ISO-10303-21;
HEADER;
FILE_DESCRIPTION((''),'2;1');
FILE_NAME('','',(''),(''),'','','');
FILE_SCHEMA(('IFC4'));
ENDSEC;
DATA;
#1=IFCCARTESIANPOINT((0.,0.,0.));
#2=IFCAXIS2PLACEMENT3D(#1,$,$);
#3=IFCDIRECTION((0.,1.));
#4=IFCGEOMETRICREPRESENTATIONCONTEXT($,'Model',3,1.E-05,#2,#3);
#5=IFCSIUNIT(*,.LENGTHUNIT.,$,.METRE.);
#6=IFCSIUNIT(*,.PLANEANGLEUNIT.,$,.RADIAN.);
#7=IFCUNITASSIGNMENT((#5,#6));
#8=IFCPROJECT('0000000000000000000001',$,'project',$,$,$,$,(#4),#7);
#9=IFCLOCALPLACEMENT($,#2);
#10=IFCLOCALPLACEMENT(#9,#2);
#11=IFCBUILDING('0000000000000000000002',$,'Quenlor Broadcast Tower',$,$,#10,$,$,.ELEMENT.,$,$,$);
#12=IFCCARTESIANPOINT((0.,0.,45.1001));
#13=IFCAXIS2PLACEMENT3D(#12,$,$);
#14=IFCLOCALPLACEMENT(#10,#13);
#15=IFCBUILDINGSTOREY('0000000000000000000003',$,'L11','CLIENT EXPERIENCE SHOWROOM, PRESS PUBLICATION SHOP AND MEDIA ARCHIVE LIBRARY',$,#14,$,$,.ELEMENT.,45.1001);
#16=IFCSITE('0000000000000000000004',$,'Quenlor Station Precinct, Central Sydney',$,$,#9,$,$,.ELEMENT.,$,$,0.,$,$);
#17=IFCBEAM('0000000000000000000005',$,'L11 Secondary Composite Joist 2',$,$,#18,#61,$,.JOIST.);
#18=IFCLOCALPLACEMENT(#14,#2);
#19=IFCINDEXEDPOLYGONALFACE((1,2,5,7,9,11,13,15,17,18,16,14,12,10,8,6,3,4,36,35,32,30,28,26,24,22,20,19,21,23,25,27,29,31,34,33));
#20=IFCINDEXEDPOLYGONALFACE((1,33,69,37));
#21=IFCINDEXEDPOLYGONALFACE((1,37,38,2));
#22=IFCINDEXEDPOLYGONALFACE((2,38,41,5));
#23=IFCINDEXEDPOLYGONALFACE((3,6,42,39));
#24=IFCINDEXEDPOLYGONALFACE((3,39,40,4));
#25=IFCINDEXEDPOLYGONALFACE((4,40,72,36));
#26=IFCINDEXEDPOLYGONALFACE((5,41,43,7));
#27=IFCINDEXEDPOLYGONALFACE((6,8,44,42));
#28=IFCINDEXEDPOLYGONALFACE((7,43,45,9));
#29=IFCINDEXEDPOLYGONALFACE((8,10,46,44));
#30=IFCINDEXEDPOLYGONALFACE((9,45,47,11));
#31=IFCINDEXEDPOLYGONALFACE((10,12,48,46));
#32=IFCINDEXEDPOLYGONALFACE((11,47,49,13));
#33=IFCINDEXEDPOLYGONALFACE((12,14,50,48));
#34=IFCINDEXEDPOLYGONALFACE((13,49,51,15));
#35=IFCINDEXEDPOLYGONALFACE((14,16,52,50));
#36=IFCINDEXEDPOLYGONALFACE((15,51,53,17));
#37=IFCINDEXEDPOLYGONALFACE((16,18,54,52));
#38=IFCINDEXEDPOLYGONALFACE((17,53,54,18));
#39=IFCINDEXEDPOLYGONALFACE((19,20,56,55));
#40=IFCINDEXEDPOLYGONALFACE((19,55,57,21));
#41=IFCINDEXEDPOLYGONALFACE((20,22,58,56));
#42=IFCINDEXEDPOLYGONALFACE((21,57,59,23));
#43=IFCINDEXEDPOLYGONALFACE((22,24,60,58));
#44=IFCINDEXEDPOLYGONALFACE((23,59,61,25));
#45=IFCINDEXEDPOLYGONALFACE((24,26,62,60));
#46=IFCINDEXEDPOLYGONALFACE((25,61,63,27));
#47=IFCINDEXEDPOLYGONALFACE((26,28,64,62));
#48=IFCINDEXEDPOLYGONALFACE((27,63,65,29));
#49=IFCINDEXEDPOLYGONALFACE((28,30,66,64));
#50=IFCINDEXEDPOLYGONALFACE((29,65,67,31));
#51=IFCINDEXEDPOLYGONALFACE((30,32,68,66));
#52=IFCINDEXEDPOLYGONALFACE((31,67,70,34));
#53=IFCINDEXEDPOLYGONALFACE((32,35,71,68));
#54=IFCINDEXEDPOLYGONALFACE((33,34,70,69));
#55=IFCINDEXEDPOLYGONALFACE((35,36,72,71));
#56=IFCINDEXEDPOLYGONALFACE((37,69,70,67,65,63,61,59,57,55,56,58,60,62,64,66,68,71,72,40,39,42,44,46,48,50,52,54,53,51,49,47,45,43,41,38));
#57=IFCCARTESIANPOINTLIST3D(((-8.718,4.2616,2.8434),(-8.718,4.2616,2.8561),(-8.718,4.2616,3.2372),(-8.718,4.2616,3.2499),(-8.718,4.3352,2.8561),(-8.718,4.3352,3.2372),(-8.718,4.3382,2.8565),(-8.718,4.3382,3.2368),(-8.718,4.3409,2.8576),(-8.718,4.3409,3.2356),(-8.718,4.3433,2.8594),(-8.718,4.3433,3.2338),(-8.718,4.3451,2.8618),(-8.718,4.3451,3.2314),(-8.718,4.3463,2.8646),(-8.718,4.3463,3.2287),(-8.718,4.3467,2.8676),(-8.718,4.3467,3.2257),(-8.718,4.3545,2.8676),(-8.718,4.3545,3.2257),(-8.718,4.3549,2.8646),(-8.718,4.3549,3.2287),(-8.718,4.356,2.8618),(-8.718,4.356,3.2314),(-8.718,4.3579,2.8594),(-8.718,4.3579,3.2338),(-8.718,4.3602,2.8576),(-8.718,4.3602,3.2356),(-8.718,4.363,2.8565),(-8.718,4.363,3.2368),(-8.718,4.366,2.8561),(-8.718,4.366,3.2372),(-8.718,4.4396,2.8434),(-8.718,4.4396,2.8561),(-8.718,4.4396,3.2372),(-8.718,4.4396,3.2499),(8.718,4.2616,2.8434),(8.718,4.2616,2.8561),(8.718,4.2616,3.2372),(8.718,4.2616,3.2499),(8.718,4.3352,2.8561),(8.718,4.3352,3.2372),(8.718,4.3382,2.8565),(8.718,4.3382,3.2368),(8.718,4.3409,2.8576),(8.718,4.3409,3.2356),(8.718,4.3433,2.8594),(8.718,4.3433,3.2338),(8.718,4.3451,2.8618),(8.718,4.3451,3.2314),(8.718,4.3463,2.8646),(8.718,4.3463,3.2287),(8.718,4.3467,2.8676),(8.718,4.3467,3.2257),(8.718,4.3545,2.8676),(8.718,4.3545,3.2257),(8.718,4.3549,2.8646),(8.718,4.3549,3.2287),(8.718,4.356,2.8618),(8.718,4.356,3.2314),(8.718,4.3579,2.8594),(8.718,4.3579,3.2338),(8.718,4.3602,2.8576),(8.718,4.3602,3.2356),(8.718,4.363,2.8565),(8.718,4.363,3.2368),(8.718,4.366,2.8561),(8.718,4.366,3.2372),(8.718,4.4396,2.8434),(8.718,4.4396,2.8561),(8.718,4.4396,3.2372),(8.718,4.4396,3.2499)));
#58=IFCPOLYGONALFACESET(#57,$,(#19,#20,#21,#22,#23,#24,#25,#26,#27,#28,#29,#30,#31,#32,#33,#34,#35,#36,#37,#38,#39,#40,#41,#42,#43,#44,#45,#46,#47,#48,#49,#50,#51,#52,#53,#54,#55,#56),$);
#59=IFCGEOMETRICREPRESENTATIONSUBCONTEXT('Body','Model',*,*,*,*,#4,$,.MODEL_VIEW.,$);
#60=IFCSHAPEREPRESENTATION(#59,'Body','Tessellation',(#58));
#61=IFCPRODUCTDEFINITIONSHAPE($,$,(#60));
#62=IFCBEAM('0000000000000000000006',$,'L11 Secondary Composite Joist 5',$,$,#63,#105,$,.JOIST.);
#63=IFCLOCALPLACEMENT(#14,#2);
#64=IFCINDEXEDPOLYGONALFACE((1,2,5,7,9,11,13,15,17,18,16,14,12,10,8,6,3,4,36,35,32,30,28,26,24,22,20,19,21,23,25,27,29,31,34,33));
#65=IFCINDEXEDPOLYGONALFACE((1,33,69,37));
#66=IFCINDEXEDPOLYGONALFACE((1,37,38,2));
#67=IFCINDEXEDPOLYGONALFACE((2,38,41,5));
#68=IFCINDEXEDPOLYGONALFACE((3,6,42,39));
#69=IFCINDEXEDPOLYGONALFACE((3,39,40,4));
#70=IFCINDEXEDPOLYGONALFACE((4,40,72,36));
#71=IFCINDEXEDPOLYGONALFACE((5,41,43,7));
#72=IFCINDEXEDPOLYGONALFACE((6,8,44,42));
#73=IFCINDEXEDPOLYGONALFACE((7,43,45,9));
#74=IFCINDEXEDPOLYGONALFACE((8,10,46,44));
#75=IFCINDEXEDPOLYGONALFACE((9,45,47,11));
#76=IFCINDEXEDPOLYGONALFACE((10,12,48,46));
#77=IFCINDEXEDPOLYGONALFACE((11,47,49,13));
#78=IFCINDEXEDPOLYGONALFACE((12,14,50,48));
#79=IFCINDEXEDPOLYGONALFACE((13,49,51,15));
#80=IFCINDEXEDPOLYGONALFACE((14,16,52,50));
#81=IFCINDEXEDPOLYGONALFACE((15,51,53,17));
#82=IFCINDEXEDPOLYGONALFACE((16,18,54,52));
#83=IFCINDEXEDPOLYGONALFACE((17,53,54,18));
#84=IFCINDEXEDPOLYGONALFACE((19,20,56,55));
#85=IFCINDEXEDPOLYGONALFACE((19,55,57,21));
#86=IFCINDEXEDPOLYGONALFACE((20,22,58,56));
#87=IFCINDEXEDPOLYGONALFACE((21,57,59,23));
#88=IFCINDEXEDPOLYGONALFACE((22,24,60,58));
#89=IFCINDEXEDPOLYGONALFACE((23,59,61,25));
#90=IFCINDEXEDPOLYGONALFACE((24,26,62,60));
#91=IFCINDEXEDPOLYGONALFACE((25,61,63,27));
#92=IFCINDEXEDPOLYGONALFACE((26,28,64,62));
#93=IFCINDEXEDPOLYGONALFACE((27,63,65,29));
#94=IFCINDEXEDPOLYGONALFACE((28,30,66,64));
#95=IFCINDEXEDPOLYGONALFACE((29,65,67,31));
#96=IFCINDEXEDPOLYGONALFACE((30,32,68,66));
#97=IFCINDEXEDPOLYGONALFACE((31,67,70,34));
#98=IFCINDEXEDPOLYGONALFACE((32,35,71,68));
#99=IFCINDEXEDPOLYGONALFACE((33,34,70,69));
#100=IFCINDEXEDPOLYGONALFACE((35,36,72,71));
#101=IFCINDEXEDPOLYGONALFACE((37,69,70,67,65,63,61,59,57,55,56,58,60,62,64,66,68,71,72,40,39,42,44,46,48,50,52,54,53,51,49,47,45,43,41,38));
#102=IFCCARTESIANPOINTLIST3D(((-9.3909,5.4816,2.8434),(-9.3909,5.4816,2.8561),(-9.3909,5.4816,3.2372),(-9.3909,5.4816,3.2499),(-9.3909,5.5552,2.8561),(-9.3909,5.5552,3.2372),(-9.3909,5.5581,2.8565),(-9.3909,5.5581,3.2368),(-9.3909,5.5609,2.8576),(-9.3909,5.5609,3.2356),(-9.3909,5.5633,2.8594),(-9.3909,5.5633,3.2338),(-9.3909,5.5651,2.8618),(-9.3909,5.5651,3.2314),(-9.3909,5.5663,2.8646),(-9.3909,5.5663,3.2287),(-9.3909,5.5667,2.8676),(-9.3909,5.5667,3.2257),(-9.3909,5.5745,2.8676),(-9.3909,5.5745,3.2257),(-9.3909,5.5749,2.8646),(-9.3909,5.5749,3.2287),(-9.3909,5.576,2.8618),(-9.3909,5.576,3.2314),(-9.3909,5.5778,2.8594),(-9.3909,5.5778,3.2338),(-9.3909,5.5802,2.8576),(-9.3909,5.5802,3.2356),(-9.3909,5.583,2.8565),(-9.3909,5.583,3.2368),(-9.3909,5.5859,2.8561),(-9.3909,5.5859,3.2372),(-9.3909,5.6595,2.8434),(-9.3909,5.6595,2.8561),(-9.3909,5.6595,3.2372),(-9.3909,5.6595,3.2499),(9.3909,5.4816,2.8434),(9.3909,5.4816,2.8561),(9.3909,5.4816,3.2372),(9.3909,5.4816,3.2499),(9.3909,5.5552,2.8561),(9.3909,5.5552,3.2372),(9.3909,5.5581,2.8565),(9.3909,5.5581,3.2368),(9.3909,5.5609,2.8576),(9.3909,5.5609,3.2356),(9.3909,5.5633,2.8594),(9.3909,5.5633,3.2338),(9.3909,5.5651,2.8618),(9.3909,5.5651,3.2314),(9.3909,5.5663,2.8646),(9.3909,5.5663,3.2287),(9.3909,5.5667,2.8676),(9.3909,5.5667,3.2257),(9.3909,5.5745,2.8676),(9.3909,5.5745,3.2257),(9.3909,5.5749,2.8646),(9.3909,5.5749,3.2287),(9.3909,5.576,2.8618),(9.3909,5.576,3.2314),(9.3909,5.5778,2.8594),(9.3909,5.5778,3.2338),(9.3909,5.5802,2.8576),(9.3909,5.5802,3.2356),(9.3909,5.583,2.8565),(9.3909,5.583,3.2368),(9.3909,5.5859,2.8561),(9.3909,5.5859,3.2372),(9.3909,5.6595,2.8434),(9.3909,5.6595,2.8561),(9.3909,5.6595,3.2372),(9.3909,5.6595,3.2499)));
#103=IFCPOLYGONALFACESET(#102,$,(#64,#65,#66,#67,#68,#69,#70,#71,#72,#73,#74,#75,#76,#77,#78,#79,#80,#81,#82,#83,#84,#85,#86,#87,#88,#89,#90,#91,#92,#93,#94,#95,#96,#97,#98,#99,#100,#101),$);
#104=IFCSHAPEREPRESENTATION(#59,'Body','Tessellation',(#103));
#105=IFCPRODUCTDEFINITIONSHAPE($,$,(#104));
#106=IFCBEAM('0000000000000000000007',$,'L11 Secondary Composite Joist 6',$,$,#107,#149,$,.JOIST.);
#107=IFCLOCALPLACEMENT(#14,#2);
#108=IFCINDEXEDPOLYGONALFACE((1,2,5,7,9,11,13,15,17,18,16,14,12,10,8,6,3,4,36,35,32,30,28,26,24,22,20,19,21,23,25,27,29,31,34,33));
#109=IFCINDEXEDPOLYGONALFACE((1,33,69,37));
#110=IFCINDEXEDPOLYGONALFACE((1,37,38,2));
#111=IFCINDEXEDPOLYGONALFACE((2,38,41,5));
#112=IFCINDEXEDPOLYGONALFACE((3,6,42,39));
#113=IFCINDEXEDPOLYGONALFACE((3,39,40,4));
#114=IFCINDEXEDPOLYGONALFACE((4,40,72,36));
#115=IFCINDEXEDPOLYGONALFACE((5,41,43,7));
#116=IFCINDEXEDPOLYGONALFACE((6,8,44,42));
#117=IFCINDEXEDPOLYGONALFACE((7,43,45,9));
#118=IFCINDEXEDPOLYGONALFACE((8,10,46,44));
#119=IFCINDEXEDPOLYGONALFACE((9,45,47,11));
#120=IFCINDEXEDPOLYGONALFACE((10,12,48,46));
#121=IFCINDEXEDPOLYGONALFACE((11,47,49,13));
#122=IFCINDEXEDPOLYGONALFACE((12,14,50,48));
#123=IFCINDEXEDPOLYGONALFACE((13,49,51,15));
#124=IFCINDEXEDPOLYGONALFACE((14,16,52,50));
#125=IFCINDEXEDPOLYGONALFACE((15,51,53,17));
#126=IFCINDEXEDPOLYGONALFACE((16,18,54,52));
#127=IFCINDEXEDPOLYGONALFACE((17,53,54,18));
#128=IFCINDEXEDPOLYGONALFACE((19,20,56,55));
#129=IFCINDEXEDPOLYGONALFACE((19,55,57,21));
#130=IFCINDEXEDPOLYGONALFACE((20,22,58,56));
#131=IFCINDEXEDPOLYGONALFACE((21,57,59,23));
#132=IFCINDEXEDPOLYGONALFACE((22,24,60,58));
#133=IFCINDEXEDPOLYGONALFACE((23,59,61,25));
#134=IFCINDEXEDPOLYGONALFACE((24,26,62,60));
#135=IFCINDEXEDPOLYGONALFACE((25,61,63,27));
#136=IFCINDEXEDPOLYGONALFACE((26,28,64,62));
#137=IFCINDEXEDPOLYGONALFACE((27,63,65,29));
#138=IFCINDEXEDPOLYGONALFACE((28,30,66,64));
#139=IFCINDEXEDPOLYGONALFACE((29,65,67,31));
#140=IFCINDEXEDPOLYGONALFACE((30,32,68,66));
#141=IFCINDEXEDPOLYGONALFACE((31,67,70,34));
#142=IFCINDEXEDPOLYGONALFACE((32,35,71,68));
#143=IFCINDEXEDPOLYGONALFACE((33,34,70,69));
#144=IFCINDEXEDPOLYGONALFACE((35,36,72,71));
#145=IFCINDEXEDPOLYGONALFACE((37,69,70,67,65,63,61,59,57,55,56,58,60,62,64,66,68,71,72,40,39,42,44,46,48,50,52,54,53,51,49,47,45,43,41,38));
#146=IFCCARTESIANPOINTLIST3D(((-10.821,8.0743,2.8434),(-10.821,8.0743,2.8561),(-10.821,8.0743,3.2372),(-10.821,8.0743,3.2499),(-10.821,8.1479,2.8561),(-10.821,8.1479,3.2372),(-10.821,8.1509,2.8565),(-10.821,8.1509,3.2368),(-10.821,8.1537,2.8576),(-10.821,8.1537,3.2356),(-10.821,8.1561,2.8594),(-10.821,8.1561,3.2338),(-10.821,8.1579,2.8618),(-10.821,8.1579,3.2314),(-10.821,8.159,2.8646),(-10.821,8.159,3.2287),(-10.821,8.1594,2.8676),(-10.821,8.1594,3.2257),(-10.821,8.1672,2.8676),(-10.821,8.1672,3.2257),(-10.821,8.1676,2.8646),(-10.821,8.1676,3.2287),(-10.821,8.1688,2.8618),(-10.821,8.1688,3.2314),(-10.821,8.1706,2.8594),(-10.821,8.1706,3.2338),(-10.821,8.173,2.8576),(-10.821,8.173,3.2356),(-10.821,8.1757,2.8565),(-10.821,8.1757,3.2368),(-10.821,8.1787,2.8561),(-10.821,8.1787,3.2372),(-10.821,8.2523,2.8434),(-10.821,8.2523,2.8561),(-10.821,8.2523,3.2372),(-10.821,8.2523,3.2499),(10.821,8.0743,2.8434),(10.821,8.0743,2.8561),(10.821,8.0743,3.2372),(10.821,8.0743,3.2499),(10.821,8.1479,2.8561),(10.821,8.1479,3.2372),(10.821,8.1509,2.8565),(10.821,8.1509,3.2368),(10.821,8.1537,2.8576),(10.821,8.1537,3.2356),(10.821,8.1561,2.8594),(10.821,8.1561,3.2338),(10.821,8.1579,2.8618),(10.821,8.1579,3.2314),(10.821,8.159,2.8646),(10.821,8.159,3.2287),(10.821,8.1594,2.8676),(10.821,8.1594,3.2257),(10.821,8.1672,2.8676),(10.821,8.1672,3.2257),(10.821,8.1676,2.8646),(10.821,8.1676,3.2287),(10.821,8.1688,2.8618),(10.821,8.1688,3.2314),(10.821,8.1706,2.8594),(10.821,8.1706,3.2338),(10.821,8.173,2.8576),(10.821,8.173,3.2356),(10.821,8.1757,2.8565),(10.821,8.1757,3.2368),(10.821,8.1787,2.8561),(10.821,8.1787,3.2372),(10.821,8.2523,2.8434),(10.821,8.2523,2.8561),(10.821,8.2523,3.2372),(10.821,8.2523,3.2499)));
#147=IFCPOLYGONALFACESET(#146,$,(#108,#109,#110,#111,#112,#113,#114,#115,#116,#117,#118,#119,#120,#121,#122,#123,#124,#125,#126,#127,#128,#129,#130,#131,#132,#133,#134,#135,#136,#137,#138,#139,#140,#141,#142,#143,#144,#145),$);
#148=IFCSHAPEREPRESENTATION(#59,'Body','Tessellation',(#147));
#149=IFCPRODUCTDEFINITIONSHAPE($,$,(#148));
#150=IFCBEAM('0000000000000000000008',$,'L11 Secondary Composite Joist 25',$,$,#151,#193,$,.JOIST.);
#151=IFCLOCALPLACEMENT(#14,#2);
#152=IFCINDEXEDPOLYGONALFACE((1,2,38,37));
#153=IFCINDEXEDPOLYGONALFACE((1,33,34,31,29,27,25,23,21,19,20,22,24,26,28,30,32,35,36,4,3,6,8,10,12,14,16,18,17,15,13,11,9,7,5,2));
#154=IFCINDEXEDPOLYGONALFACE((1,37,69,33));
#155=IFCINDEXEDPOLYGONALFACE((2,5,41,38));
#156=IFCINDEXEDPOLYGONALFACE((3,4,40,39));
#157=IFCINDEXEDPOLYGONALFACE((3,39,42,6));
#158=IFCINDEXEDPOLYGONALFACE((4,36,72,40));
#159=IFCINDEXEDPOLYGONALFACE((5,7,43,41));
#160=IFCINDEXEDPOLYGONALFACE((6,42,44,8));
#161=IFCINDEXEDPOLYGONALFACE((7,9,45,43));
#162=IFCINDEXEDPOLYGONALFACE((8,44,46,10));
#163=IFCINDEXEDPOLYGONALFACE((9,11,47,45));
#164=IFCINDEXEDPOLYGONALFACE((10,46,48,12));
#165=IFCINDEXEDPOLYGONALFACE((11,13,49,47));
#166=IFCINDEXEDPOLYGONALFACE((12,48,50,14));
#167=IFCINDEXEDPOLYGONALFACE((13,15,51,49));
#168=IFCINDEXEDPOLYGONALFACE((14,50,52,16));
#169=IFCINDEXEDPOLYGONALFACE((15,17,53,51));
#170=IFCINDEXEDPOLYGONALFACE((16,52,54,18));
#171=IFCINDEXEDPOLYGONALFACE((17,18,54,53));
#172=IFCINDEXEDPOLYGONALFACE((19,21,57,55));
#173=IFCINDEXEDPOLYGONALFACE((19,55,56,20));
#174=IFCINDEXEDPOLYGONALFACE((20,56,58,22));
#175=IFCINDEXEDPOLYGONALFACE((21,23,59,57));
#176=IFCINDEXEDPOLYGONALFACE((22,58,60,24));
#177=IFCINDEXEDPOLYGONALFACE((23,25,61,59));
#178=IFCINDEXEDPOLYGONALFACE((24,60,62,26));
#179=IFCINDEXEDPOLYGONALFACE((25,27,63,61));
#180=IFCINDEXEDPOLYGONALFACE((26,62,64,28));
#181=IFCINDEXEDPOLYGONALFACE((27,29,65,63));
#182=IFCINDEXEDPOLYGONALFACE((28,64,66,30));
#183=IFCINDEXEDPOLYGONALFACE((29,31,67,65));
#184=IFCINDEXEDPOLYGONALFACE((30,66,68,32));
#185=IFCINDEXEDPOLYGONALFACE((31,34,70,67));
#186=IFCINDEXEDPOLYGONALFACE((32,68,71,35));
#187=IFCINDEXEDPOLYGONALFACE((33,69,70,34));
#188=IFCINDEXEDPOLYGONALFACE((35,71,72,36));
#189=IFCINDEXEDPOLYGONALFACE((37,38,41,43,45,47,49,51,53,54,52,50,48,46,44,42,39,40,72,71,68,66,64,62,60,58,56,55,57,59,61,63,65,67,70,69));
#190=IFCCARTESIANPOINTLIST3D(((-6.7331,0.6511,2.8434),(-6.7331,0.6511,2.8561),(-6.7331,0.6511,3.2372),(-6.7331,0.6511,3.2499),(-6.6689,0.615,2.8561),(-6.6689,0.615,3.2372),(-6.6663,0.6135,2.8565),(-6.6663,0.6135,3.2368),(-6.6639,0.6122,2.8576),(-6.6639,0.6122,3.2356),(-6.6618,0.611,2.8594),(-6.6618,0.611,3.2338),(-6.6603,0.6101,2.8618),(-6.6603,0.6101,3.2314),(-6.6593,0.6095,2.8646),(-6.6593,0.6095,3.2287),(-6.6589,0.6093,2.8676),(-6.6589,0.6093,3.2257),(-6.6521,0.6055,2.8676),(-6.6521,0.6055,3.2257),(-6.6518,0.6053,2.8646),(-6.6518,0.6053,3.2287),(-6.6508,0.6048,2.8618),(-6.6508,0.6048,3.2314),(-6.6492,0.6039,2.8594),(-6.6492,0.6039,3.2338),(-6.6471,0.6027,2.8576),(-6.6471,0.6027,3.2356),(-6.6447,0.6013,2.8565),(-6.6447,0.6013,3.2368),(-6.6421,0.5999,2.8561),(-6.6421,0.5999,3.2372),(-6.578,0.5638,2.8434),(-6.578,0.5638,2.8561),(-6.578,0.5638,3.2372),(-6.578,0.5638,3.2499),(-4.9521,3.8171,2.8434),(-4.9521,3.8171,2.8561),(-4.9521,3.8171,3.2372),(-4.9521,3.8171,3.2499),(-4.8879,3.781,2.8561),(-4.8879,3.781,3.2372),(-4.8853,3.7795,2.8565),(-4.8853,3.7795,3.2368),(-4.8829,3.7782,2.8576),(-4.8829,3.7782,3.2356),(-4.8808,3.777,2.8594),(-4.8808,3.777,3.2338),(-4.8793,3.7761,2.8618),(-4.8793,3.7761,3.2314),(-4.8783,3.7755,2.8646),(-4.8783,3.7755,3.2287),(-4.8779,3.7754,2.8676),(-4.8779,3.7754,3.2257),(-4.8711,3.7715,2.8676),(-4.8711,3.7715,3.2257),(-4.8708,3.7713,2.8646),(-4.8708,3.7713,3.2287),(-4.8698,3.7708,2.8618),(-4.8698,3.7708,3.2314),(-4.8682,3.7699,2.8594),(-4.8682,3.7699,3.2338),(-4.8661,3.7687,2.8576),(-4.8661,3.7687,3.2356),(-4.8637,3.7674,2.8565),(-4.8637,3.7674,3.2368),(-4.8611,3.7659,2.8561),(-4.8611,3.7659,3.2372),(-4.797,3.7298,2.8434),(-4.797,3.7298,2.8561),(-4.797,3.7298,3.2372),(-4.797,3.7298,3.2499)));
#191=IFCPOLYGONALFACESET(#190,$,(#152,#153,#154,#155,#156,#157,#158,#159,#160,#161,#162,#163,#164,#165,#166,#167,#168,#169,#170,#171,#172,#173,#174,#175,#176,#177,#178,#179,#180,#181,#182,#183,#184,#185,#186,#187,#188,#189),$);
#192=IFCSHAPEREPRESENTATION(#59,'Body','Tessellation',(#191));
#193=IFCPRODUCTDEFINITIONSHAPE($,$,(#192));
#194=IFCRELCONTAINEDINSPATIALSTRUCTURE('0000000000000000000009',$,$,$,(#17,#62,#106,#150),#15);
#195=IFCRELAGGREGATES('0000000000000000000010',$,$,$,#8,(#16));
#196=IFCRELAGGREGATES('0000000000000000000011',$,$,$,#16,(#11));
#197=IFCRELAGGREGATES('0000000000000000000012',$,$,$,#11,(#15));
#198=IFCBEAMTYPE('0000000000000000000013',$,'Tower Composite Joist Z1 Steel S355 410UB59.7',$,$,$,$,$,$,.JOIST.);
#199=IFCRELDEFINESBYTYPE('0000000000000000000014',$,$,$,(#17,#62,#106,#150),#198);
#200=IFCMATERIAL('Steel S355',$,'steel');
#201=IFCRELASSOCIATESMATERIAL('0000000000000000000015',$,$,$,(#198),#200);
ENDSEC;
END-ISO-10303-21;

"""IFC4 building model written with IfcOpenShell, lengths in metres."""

from ifc_helpers import new_model, si_unit, direction, frame, origin, origin_2d, place, context, subcontext, project, spatial, i_section, extrude, material, material_profile, profile_set, type_object, element, save


model = new_model("IFC4")

# Units and contexts
model_context = context("Model", 3, precision=1e-05, world=origin(), true_north=direction((0.0, 1.0)))
body_context = subcontext(model_context, "Body", "Model", "MODEL_VIEW")
ifc_project = project(units=[si_unit("LENGTHUNIT", "METRE"), si_unit("PLANEANGLEUNIT", "RADIAN")], contexts=[model_context])

# Site, building, storey
site_placement = place(None, origin())
site = spatial("IfcSite", under=ifc_project, at=site_placement, Name="Quenlor Station Precinct, Central Sydney", CompositionType="ELEMENT", RefElevation=0.0)
building_placement = place(site_placement, origin())
building = spatial("IfcBuilding", under=site, at=building_placement, Name="Quenlor Broadcast Tower", CompositionType="ELEMENT")
storey_placement = place(building_placement, frame((0.0, 0.0, 45.1001)))
storey = spatial("IfcBuildingStorey", under=building, at=storey_placement, Name="L11", Description="CLIENT EXPERIENCE SHOWROOM, PRESS PUBLICATION SHOP AND MEDIA ARCHIVE LIBRARY", CompositionType="ELEMENT", Elevation=45.1001)

# Beams
ifc_material_1 = material(Name="Steel S355", Category="steel")
ifc_material_profile_1 = material_profile(ifc_material_1, i_section(OverallWidth=0.178, OverallDepth=0.4065, WebThickness=0.0078, FlangeThickness=0.0127, FilletRadius=0.0115, at=origin_2d()))
ifc_profile_set_1 = profile_set([ifc_material_profile_1], Name="Steel S355 410UB59.7")
beam_type_1 = type_object("IfcBeamType", Name="Tower Composite Joist Z1 Steel S355 410UB59.7", PredefinedType="JOIST", material=ifc_profile_set_1)
beam_1_placement = place(storey_placement, frame((-8.718, 4.3506, 3.0466), z_axis=(1.0, 0.0, 0.0), x_axis=(0.0, 1.0, 0.0)))
element("IfcBeam", 1, at=beam_1_placement, inside=storey, type_object=beam_type_1, Name="L11 Secondary Composite Joist 2", PredefinedType="JOIST", context=body_context, shape_type="SweptSolid", body=[
    extrude(i_section(OverallWidth=0.178, OverallDepth=0.4065, WebThickness=0.0078, FlangeThickness=0.0127, FilletRadius=0.0115, at=origin_2d()), origin(), (0.0, 0.0, 1.0), 17.436),
])
beam_2_placement = place(storey_placement, frame((-9.3909, 5.5706, 3.0466), z_axis=(1.0, 0.0, 0.0), x_axis=(0.0, 1.0, 0.0)))
element("IfcBeam", 2, at=beam_2_placement, inside=storey, type_object=beam_type_1, Name="L11 Secondary Composite Joist 5", PredefinedType="JOIST", context=body_context, shape_type="SweptSolid", body=[
    extrude(i_section(OverallWidth=0.178, OverallDepth=0.4065, WebThickness=0.0078, FlangeThickness=0.0127, FilletRadius=0.0115, at=origin_2d()), origin(), (0.0, 0.0, 1.0), 18.7817),
])
beam_3_placement = place(storey_placement, frame((-10.821, 8.1633, 3.0466), z_axis=(1.0, 0.0, 0.0), x_axis=(0.0, 1.0, 0.0)))
element("IfcBeam", 3, at=beam_3_placement, inside=storey, type_object=beam_type_1, Name="L11 Secondary Composite Joist 6", PredefinedType="JOIST", context=body_context, shape_type="SweptSolid", body=[
    extrude(i_section(OverallWidth=0.178, OverallDepth=0.4065, WebThickness=0.0078, FlangeThickness=0.0127, FilletRadius=0.0115, at=origin_2d()), origin(), (0.0, 0.0, 1.0), 21.6421),
])
beam_4_placement = place(storey_placement, frame((-4.8745, 3.7734, 3.0466), z_axis=(-0.490287, -0.871561, 0.0), x_axis=(0.871561, -0.490287, 0.0)))
element("IfcBeam", 4, at=beam_4_placement, inside=storey, type_object=beam_type_1, Name="L11 Secondary Composite Joist 25", PredefinedType="JOIST", context=body_context, shape_type="SweptSolid", body=[
    extrude(i_section(OverallWidth=0.178, OverallDepth=0.4065, WebThickness=0.0078, FlangeThickness=0.0127, FilletRadius=0.0115, at=origin_2d()), origin(), (0.0, 0.0, 1.0), 3.6326),
])

save(model, "model.ifc")
